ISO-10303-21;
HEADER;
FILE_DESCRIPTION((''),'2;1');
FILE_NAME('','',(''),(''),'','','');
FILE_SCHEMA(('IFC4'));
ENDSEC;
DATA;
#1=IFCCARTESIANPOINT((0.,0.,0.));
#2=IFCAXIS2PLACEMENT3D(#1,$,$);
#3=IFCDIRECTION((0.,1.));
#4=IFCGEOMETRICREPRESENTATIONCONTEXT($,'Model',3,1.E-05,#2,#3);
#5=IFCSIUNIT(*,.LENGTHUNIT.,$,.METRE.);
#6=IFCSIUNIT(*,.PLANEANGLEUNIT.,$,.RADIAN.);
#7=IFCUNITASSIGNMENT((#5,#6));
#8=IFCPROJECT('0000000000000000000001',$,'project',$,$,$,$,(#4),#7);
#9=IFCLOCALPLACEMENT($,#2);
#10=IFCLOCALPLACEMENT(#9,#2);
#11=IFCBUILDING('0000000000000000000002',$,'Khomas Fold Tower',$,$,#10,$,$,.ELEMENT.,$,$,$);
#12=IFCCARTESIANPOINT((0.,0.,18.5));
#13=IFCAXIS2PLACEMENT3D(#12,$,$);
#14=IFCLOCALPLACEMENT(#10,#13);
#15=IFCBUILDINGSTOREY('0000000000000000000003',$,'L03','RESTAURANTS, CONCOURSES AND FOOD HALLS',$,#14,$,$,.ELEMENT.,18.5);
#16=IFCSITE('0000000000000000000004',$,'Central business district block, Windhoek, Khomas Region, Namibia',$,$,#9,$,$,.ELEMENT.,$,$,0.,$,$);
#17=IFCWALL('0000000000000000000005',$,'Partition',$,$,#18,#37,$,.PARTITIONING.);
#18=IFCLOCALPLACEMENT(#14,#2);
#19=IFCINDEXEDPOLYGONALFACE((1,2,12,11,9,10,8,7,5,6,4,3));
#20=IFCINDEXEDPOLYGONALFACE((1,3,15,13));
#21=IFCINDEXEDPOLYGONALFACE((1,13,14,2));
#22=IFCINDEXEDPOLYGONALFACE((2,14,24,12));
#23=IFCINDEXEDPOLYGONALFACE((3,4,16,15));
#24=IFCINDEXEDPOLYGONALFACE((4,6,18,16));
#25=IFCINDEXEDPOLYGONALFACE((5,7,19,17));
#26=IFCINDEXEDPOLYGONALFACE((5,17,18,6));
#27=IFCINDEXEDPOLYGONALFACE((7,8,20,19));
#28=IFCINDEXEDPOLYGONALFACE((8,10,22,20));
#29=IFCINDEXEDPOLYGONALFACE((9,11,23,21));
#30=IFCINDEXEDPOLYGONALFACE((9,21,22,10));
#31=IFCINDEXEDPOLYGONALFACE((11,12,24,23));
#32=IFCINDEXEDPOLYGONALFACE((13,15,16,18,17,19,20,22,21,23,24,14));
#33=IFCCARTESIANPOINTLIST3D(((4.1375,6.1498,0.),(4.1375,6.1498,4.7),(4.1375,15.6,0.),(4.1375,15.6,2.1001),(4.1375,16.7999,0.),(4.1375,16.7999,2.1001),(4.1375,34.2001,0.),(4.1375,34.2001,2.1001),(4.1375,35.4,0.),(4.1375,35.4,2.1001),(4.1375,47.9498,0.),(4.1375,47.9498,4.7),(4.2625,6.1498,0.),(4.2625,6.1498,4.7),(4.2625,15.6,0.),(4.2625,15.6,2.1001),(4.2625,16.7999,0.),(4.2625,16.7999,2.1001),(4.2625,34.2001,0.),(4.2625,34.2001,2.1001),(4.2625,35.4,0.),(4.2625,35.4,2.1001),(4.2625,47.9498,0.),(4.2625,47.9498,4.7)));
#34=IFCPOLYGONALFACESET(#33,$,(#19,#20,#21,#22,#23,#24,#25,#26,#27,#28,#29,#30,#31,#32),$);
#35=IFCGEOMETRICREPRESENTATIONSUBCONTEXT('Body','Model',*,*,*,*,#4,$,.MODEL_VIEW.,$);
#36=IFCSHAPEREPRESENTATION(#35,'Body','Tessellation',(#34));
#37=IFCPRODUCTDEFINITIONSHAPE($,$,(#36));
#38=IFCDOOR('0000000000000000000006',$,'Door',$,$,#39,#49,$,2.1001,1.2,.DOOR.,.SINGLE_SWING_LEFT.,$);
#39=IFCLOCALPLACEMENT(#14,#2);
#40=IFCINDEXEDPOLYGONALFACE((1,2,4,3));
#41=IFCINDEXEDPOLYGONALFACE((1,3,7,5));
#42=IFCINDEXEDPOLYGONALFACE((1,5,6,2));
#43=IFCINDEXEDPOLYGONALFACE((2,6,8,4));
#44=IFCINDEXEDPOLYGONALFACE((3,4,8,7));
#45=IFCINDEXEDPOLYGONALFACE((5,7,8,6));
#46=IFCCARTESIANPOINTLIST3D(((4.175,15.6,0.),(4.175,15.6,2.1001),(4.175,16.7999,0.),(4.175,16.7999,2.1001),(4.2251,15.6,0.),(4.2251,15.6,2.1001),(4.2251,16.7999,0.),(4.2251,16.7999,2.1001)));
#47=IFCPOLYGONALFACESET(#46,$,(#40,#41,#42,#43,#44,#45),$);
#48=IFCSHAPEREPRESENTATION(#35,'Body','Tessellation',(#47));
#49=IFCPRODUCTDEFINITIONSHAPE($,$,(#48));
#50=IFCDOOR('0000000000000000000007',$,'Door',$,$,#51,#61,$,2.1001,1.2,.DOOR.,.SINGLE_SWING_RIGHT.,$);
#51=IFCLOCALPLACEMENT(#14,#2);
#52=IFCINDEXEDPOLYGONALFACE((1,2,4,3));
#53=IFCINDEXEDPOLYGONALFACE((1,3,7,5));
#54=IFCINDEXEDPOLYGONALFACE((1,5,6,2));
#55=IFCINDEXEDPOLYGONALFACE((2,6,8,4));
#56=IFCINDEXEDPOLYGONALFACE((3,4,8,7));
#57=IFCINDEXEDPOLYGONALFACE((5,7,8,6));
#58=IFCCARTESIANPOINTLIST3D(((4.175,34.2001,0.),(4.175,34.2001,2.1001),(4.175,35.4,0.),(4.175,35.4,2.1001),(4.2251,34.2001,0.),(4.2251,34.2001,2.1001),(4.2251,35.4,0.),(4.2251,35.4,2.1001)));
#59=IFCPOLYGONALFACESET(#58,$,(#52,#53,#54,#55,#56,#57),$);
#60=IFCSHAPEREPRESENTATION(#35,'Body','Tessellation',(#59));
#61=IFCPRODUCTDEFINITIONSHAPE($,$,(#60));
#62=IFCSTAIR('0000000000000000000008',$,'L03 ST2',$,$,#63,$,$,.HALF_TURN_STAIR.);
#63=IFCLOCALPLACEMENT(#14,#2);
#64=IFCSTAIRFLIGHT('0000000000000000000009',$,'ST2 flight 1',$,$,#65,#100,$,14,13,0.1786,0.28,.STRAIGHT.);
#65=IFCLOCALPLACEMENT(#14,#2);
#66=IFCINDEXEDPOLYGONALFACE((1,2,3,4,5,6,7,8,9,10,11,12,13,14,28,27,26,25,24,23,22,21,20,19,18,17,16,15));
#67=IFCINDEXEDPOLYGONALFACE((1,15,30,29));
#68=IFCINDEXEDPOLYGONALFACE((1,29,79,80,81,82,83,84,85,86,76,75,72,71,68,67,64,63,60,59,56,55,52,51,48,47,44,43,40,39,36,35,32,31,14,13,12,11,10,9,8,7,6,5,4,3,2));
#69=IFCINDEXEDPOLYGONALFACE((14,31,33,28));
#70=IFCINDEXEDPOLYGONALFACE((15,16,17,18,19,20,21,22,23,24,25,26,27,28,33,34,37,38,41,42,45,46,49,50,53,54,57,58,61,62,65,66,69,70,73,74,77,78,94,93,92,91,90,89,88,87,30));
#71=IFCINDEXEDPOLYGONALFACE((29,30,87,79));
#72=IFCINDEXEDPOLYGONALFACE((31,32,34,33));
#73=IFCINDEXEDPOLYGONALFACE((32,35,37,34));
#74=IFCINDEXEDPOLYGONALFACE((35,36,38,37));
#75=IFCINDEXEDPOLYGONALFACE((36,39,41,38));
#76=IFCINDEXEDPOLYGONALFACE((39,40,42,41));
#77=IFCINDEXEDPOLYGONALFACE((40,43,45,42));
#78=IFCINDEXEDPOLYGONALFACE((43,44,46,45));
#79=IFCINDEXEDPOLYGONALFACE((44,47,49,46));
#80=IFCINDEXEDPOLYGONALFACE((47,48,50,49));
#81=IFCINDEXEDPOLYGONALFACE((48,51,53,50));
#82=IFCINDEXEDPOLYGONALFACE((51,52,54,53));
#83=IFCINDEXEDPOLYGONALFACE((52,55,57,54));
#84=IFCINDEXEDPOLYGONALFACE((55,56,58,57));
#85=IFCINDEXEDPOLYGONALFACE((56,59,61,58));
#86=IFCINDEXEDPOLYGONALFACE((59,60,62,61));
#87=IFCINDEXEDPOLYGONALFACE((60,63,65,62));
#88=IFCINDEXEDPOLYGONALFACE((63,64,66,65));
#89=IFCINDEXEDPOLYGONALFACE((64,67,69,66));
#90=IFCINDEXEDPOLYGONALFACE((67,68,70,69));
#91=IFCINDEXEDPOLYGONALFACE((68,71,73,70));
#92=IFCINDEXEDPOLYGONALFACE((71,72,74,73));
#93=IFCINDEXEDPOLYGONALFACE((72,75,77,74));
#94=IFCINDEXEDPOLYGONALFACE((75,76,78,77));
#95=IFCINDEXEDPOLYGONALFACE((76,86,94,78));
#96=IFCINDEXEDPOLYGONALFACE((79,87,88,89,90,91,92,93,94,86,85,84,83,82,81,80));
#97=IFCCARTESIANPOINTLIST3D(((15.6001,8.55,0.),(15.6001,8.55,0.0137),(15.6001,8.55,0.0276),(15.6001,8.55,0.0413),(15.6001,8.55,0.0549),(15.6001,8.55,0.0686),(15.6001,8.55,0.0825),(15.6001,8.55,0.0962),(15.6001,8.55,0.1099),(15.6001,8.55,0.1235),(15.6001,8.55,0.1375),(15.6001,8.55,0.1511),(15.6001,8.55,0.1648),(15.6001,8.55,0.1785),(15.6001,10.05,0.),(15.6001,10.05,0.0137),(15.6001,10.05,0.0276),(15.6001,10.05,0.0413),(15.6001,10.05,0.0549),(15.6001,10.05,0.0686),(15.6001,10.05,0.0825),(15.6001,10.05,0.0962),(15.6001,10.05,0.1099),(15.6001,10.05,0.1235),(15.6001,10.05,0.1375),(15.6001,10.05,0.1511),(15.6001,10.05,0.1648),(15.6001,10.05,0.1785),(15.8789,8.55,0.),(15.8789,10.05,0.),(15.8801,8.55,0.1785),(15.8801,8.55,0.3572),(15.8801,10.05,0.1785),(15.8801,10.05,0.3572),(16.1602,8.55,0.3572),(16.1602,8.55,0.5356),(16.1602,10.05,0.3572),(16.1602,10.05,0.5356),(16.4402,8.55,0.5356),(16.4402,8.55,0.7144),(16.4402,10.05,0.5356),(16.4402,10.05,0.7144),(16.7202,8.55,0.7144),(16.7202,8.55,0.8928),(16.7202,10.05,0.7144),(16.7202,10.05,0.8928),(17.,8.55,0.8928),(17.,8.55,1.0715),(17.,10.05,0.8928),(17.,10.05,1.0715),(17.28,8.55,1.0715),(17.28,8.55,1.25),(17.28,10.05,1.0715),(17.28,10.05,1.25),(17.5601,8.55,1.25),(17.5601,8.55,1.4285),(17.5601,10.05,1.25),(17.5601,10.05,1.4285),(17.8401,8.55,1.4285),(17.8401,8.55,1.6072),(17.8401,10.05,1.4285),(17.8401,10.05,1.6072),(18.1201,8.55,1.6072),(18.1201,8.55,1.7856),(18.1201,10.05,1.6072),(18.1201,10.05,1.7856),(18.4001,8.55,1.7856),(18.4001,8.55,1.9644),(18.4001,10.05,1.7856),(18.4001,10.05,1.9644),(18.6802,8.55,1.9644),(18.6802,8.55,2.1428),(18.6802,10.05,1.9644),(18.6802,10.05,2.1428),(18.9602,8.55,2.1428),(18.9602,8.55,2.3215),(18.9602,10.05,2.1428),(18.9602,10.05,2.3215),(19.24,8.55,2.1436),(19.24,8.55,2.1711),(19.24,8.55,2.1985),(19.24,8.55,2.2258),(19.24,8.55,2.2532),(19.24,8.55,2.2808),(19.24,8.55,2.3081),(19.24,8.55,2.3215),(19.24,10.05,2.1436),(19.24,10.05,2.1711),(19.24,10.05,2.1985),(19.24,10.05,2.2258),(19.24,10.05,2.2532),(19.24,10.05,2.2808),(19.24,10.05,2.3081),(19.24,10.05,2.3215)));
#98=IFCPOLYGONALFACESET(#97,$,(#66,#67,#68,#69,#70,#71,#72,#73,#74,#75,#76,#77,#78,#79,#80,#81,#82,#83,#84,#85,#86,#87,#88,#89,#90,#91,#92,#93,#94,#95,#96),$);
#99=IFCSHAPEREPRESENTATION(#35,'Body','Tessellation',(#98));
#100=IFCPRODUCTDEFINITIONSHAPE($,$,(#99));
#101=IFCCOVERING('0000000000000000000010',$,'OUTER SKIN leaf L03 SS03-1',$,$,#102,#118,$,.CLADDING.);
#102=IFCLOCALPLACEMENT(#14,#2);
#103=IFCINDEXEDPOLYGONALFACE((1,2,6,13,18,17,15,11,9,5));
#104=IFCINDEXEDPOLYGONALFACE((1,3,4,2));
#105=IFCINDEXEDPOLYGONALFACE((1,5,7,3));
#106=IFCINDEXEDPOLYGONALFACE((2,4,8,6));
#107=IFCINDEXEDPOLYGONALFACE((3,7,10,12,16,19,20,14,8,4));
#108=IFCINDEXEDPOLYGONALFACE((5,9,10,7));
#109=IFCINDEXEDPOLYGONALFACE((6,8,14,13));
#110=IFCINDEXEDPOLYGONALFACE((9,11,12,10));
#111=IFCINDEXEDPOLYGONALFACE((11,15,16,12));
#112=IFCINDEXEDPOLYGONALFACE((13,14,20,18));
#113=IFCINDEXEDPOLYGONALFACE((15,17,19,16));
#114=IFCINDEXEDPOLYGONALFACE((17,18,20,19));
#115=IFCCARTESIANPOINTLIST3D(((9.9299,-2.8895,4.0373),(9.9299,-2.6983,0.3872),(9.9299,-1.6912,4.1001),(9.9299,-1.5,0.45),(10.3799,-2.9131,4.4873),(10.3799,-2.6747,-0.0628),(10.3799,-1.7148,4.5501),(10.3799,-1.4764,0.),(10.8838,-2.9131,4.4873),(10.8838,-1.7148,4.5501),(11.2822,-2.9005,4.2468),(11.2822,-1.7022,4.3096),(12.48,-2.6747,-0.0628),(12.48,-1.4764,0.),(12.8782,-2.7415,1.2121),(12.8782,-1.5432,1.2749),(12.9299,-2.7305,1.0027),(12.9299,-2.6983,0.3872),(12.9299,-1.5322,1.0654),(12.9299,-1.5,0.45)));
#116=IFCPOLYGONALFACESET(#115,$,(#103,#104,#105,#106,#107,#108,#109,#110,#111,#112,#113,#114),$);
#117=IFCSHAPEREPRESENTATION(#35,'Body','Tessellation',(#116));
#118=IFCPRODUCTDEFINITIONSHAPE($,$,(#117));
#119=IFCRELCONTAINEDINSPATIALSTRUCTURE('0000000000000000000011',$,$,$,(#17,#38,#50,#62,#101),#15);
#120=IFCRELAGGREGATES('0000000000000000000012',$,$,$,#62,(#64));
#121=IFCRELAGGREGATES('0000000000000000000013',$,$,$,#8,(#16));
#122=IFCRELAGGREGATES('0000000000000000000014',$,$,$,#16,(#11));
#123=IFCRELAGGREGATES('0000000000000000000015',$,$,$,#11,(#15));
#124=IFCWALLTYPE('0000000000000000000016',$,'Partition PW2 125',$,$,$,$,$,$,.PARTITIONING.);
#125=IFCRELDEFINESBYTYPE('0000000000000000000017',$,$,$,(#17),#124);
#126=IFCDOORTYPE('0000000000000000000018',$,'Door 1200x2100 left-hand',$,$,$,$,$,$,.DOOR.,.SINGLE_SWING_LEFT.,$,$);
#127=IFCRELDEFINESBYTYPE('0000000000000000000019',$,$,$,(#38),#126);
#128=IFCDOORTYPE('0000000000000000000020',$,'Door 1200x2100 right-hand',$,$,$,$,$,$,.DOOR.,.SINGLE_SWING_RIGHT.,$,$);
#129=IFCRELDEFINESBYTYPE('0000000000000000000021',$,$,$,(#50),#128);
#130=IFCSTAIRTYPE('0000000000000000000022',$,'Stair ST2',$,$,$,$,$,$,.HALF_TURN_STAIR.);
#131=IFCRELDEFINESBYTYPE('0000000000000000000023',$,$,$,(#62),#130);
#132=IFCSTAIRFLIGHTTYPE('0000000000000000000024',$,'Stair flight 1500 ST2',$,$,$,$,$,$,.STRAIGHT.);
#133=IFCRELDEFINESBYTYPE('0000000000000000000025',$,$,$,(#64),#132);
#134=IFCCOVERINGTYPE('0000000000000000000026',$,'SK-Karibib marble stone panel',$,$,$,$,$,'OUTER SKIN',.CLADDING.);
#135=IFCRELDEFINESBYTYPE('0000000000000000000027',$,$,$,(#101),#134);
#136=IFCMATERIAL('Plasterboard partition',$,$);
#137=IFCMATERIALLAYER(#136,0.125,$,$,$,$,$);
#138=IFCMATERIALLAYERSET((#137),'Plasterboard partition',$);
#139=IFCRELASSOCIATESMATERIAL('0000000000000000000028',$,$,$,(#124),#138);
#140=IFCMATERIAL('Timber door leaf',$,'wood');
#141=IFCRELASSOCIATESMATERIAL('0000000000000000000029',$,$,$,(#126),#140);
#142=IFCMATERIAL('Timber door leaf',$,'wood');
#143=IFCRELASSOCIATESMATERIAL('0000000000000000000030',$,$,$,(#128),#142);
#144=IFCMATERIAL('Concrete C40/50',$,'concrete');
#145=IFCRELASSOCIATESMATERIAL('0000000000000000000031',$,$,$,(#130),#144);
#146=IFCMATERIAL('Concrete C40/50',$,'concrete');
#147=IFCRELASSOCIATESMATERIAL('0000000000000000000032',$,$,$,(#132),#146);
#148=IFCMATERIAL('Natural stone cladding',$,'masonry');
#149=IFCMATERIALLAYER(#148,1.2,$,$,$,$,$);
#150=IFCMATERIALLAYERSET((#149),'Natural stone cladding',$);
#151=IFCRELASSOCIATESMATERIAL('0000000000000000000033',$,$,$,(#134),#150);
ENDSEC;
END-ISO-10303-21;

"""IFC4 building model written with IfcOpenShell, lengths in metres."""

from ifc_helpers import new_model, si_unit, direction, frame, frame_2d, origin, place, context, subcontext, project, spatial, polyline, rectangle, outline, extrude, source, transform, mapped, material, layer, layer_set, type_object, element, fill, aggregate, save


model = new_model("IFC4")

# Units and contexts
model_context = context("Model", 3, precision=1e-05, world=origin(), true_north=direction((0.0, 1.0)))
body_context = subcontext(model_context, "Body", "Model", "MODEL_VIEW")
ifc_project = project(units=[si_unit("LENGTHUNIT", "METRE"), si_unit("PLANEANGLEUNIT", "RADIAN")], contexts=[model_context])

# Site, building, storey
site_placement = place(None, origin())
site = spatial("IfcSite", under=ifc_project, at=site_placement, Name="Central business district block, Windhoek, Khomas Region, Namibia", CompositionType="ELEMENT", RefElevation=0.0)
building_placement = place(site_placement, origin())
building = spatial("IfcBuilding", under=site, at=building_placement, Name="Khomas Fold Tower", CompositionType="ELEMENT")
storey_placement = place(building_placement, frame((0.0, 0.0, 18.5)))
storey = spatial("IfcBuildingStorey", under=building, at=storey_placement, Name="L03", Description="RESTAURANTS, CONCOURSES AND FOOD HALLS", CompositionType="ELEMENT", Elevation=18.5)

# Shared definitions
shared_shape_1 = source(origin(), body_context, "Body", "SweptSolid", [
    extrude(rectangle(XDim=1.2, YDim=2.1001, at=frame_2d((0.6001, 1.05))), frame((0.0, 0.0249, 0.0), z_axis=(0.0, -1.0, 0.0), x_axis=(1.0, 0.0, 0.0)), (0.0, 0.0, 1.0), 0.05),
])

# Wall, openings, doors
ifc_material_1 = material(Name="Plasterboard partition")
ifc_layer_1 = layer(ifc_material_1, 0.125)
ifc_layer_set_1 = layer_set([ifc_layer_1], Name="Plasterboard partition")
wall_type_1 = type_object("IfcWallType", Name="Partition PW2 125", PredefinedType="PARTITIONING", material=ifc_layer_set_1)
shared_shape_2 = source(origin(), body_context, "Body", "SweptSolid", [
    extrude(rectangle(XDim=41.8, YDim=0.125, at=frame_2d((20.8999, 0.0))), origin(), (0.0, 0.0, 1.0), 4.7),
])
wall_1_placement = place(storey_placement, frame((4.2, 6.1499, 0.0), z_axis=(0.0, 0.0, 1.0), x_axis=(0.0, 1.0, 0.0)))
wall_1 = element("IfcWall", 1, at=wall_1_placement, inside=storey, type_object=wall_type_1, Name="Partition", PredefinedType="PARTITIONING", context=body_context, shape_type="MappedRepresentation", body=[
    mapped(shared_shape_2, transform((0.0, 0.0, 0.0))),
])
shared_shape_3 = source(origin(), body_context, "Body", "SweptSolid", [
    extrude(rectangle(XDim=1.2, YDim=2.1001, at=frame_2d((0.6001, 1.05))), frame((0.0, 0.0725, 0.0), z_axis=(0.0, -1.0, 0.0), x_axis=(1.0, 0.0, 0.0)), (0.0, 0.0, 1.0), 0.145),
])
opening_1_placement = place(wall_1_placement, frame((9.45, 0.0, 0.0)))
opening_1 = element("IfcOpeningElement", 2, at=opening_1_placement, cuts=wall_1, PredefinedType="OPENING", context=body_context, shape_type="MappedRepresentation", body=[
    mapped(shared_shape_3, transform((0.0, 0.0, 0.0))),
])
opening_2_placement = place(wall_1_placement, frame((28.05, 0.0, 0.0)))
opening_2 = element("IfcOpeningElement", 3, at=opening_2_placement, cuts=wall_1, PredefinedType="OPENING", context=body_context, shape_type="MappedRepresentation", body=[
    mapped(shared_shape_3, transform((0.0, 0.0, 0.0))),
])
ifc_material_2 = material(Name="Timber door leaf", Category="wood")
door_type_1 = type_object("IfcDoorType", Name="Door 1200x2100 left-hand", OperationType="SINGLE_SWING_LEFT", PredefinedType="DOOR", material=ifc_material_2)
door_1_placement = place(opening_1_placement, origin())
door_1 = element("IfcDoor", 4, at=door_1_placement, inside=storey, type_object=door_type_1, Name="Door", OperationType="SINGLE_SWING_LEFT", OverallHeight=2.1001, OverallWidth=1.2, PredefinedType="DOOR", context=body_context, shape_type="MappedRepresentation", body=[
    mapped(shared_shape_1, transform((0.0, 0.0, 0.0))),
])
fill(opening_1, door_1)
ifc_material_3 = material(Name="Timber door leaf", Category="wood")
door_type_2 = type_object("IfcDoorType", Name="Door 1200x2100 right-hand", OperationType="SINGLE_SWING_RIGHT", PredefinedType="DOOR", material=ifc_material_3)
door_2_placement = place(opening_2_placement, origin())
door_2 = element("IfcDoor", 5, at=door_2_placement, inside=storey, type_object=door_type_2, Name="Door", OperationType="SINGLE_SWING_RIGHT", OverallHeight=2.1001, OverallWidth=1.2, PredefinedType="DOOR", context=body_context, shape_type="MappedRepresentation", body=[
    mapped(shared_shape_1, transform((0.0, 0.0, 0.0))),
])
fill(opening_2, door_2)

# Stair, stair flight
ifc_material_4 = material(Name="Concrete C40/50", Category="concrete")
stair_type = type_object("IfcStairType", Name="Stair ST2", PredefinedType="HALF_TURN_STAIR", material=ifc_material_4)
stair_placement = place(storey_placement, origin())
stair = element("IfcStair", 6, at=stair_placement, inside=storey, type_object=stair_type, Name="L03 ST2", PredefinedType="HALF_TURN_STAIR")
ifc_material_5 = material(Name="Concrete C40/50", Category="concrete")
stair_flight_type = type_object("IfcStairFlightType", Name="Stair flight 1500 ST2", PredefinedType="STRAIGHT", material=ifc_material_5)
shared_shape_4 = source(origin(), body_context, "Body", "SweptSolid", [
    extrude(outline(polyline([(0.0, 0.0), (0.0, 0.0137), (0.0, 0.0276), (0.0, 0.0413), (0.0, 0.0549), (0.0, 0.0686), (0.0, 0.0825), (0.0, 0.0962), (0.0, 0.1099), (0.0, 0.1235), (0.0, 0.1375), (0.0, 0.1511), (0.0, 0.1648), (0.0, 0.1785), (0.28, 0.1785), (0.28, 0.3572), (0.5601, 0.3572), (0.5601, 0.5356), (0.8401, 0.5356), (0.8401, 0.7144), (1.1201, 0.7144), (1.1201, 0.8928), (1.3999, 0.8928), (1.3999, 1.0715), (1.6799, 1.0715), (1.6799, 1.25), (1.96, 1.25), (1.96, 1.4285), (2.24, 1.4285), (2.24, 1.6072), (2.52, 1.6072), (2.52, 1.7856), (2.8, 1.7856), (2.8, 1.9644), (3.0801, 1.9644), (3.0801, 2.1428), (3.3601, 2.1428), (3.3601, 2.3215), (3.6399, 2.3215), (3.6399, 2.5), (3.6399, 2.4727), (3.6399, 2.4451), (3.6399, 2.4177), (3.6399, 2.3904), (3.6399, 2.363), (3.6399, 2.3354), (3.6399, 2.3081), (3.6399, 2.2808), (3.6399, 2.2532), (3.6399, 2.2258), (3.6399, 2.1985), (3.6399, 2.1711), (3.6399, 2.1436), (0.2788, 0.0), (0.0, 0.0)])), frame((0.0, 0.75, 0.0), z_axis=(0.0, -1.0, 0.0), x_axis=(1.0, 0.0, 0.0)), (0.0, 0.0, 1.0), 1.5),
])
stair_flight_placement = place(storey_placement, frame((15.6001, 9.3, 0.0), z_axis=(0.0, 0.0, 1.0), x_axis=(1.0, 0.0, 0.0)))
stair_flight = element("IfcStairFlight", 7, at=stair_flight_placement, type_object=stair_flight_type, Name="ST2 flight 1", NumberOfRisers=14, NumberOfTreads=13, PredefinedType="STRAIGHT", RiserHeight=0.1786, TreadLength=0.28, context=body_context, shape_type="MappedRepresentation", body=[
    mapped(shared_shape_4, transform((0.0, 0.0, 0.0))),
])
aggregate(stair, [stair_flight])

# Covering
ifc_material_6 = material(Name="Natural stone cladding", Category="masonry")
ifc_layer_2 = layer(ifc_material_6, 1.2)
ifc_layer_set_2 = layer_set([ifc_layer_2], Name="Natural stone cladding")
covering_type = type_object("IfcCoveringType", Name="SK-Karibib marble stone panel", ElementType="OUTER SKIN", PredefinedType="CLADDING", material=ifc_layer_set_2)
covering_placement = place(storey_placement, frame((9.9299, -1.5, 0.45), z_axis=(-0.000007, 0.998631, 0.05231), x_axis=(0.0, -0.05231, 0.998631)))
element("IfcCovering", 8, at=covering_placement, inside=storey, type_object=covering_type, Name="OUTER SKIN leaf L03 SS03-1", PredefinedType="CLADDING", context=body_context, shape_type="SweptSolid", body=[
    extrude(outline(polyline([(0.0, 0.0), (3.6552, 0.0), (4.1057, 0.45), (4.1057, 0.9539), (3.8649, 1.3523), (0.8261, 2.9482), (0.6163, 3.0), (0.0, 3.0), (-0.4506, 2.55), (-0.4506, 0.45), (0.0, 0.0)])), origin(), (0.0, 0.0, -1.0), 1.2),
])

save(model, "model.ifc")
